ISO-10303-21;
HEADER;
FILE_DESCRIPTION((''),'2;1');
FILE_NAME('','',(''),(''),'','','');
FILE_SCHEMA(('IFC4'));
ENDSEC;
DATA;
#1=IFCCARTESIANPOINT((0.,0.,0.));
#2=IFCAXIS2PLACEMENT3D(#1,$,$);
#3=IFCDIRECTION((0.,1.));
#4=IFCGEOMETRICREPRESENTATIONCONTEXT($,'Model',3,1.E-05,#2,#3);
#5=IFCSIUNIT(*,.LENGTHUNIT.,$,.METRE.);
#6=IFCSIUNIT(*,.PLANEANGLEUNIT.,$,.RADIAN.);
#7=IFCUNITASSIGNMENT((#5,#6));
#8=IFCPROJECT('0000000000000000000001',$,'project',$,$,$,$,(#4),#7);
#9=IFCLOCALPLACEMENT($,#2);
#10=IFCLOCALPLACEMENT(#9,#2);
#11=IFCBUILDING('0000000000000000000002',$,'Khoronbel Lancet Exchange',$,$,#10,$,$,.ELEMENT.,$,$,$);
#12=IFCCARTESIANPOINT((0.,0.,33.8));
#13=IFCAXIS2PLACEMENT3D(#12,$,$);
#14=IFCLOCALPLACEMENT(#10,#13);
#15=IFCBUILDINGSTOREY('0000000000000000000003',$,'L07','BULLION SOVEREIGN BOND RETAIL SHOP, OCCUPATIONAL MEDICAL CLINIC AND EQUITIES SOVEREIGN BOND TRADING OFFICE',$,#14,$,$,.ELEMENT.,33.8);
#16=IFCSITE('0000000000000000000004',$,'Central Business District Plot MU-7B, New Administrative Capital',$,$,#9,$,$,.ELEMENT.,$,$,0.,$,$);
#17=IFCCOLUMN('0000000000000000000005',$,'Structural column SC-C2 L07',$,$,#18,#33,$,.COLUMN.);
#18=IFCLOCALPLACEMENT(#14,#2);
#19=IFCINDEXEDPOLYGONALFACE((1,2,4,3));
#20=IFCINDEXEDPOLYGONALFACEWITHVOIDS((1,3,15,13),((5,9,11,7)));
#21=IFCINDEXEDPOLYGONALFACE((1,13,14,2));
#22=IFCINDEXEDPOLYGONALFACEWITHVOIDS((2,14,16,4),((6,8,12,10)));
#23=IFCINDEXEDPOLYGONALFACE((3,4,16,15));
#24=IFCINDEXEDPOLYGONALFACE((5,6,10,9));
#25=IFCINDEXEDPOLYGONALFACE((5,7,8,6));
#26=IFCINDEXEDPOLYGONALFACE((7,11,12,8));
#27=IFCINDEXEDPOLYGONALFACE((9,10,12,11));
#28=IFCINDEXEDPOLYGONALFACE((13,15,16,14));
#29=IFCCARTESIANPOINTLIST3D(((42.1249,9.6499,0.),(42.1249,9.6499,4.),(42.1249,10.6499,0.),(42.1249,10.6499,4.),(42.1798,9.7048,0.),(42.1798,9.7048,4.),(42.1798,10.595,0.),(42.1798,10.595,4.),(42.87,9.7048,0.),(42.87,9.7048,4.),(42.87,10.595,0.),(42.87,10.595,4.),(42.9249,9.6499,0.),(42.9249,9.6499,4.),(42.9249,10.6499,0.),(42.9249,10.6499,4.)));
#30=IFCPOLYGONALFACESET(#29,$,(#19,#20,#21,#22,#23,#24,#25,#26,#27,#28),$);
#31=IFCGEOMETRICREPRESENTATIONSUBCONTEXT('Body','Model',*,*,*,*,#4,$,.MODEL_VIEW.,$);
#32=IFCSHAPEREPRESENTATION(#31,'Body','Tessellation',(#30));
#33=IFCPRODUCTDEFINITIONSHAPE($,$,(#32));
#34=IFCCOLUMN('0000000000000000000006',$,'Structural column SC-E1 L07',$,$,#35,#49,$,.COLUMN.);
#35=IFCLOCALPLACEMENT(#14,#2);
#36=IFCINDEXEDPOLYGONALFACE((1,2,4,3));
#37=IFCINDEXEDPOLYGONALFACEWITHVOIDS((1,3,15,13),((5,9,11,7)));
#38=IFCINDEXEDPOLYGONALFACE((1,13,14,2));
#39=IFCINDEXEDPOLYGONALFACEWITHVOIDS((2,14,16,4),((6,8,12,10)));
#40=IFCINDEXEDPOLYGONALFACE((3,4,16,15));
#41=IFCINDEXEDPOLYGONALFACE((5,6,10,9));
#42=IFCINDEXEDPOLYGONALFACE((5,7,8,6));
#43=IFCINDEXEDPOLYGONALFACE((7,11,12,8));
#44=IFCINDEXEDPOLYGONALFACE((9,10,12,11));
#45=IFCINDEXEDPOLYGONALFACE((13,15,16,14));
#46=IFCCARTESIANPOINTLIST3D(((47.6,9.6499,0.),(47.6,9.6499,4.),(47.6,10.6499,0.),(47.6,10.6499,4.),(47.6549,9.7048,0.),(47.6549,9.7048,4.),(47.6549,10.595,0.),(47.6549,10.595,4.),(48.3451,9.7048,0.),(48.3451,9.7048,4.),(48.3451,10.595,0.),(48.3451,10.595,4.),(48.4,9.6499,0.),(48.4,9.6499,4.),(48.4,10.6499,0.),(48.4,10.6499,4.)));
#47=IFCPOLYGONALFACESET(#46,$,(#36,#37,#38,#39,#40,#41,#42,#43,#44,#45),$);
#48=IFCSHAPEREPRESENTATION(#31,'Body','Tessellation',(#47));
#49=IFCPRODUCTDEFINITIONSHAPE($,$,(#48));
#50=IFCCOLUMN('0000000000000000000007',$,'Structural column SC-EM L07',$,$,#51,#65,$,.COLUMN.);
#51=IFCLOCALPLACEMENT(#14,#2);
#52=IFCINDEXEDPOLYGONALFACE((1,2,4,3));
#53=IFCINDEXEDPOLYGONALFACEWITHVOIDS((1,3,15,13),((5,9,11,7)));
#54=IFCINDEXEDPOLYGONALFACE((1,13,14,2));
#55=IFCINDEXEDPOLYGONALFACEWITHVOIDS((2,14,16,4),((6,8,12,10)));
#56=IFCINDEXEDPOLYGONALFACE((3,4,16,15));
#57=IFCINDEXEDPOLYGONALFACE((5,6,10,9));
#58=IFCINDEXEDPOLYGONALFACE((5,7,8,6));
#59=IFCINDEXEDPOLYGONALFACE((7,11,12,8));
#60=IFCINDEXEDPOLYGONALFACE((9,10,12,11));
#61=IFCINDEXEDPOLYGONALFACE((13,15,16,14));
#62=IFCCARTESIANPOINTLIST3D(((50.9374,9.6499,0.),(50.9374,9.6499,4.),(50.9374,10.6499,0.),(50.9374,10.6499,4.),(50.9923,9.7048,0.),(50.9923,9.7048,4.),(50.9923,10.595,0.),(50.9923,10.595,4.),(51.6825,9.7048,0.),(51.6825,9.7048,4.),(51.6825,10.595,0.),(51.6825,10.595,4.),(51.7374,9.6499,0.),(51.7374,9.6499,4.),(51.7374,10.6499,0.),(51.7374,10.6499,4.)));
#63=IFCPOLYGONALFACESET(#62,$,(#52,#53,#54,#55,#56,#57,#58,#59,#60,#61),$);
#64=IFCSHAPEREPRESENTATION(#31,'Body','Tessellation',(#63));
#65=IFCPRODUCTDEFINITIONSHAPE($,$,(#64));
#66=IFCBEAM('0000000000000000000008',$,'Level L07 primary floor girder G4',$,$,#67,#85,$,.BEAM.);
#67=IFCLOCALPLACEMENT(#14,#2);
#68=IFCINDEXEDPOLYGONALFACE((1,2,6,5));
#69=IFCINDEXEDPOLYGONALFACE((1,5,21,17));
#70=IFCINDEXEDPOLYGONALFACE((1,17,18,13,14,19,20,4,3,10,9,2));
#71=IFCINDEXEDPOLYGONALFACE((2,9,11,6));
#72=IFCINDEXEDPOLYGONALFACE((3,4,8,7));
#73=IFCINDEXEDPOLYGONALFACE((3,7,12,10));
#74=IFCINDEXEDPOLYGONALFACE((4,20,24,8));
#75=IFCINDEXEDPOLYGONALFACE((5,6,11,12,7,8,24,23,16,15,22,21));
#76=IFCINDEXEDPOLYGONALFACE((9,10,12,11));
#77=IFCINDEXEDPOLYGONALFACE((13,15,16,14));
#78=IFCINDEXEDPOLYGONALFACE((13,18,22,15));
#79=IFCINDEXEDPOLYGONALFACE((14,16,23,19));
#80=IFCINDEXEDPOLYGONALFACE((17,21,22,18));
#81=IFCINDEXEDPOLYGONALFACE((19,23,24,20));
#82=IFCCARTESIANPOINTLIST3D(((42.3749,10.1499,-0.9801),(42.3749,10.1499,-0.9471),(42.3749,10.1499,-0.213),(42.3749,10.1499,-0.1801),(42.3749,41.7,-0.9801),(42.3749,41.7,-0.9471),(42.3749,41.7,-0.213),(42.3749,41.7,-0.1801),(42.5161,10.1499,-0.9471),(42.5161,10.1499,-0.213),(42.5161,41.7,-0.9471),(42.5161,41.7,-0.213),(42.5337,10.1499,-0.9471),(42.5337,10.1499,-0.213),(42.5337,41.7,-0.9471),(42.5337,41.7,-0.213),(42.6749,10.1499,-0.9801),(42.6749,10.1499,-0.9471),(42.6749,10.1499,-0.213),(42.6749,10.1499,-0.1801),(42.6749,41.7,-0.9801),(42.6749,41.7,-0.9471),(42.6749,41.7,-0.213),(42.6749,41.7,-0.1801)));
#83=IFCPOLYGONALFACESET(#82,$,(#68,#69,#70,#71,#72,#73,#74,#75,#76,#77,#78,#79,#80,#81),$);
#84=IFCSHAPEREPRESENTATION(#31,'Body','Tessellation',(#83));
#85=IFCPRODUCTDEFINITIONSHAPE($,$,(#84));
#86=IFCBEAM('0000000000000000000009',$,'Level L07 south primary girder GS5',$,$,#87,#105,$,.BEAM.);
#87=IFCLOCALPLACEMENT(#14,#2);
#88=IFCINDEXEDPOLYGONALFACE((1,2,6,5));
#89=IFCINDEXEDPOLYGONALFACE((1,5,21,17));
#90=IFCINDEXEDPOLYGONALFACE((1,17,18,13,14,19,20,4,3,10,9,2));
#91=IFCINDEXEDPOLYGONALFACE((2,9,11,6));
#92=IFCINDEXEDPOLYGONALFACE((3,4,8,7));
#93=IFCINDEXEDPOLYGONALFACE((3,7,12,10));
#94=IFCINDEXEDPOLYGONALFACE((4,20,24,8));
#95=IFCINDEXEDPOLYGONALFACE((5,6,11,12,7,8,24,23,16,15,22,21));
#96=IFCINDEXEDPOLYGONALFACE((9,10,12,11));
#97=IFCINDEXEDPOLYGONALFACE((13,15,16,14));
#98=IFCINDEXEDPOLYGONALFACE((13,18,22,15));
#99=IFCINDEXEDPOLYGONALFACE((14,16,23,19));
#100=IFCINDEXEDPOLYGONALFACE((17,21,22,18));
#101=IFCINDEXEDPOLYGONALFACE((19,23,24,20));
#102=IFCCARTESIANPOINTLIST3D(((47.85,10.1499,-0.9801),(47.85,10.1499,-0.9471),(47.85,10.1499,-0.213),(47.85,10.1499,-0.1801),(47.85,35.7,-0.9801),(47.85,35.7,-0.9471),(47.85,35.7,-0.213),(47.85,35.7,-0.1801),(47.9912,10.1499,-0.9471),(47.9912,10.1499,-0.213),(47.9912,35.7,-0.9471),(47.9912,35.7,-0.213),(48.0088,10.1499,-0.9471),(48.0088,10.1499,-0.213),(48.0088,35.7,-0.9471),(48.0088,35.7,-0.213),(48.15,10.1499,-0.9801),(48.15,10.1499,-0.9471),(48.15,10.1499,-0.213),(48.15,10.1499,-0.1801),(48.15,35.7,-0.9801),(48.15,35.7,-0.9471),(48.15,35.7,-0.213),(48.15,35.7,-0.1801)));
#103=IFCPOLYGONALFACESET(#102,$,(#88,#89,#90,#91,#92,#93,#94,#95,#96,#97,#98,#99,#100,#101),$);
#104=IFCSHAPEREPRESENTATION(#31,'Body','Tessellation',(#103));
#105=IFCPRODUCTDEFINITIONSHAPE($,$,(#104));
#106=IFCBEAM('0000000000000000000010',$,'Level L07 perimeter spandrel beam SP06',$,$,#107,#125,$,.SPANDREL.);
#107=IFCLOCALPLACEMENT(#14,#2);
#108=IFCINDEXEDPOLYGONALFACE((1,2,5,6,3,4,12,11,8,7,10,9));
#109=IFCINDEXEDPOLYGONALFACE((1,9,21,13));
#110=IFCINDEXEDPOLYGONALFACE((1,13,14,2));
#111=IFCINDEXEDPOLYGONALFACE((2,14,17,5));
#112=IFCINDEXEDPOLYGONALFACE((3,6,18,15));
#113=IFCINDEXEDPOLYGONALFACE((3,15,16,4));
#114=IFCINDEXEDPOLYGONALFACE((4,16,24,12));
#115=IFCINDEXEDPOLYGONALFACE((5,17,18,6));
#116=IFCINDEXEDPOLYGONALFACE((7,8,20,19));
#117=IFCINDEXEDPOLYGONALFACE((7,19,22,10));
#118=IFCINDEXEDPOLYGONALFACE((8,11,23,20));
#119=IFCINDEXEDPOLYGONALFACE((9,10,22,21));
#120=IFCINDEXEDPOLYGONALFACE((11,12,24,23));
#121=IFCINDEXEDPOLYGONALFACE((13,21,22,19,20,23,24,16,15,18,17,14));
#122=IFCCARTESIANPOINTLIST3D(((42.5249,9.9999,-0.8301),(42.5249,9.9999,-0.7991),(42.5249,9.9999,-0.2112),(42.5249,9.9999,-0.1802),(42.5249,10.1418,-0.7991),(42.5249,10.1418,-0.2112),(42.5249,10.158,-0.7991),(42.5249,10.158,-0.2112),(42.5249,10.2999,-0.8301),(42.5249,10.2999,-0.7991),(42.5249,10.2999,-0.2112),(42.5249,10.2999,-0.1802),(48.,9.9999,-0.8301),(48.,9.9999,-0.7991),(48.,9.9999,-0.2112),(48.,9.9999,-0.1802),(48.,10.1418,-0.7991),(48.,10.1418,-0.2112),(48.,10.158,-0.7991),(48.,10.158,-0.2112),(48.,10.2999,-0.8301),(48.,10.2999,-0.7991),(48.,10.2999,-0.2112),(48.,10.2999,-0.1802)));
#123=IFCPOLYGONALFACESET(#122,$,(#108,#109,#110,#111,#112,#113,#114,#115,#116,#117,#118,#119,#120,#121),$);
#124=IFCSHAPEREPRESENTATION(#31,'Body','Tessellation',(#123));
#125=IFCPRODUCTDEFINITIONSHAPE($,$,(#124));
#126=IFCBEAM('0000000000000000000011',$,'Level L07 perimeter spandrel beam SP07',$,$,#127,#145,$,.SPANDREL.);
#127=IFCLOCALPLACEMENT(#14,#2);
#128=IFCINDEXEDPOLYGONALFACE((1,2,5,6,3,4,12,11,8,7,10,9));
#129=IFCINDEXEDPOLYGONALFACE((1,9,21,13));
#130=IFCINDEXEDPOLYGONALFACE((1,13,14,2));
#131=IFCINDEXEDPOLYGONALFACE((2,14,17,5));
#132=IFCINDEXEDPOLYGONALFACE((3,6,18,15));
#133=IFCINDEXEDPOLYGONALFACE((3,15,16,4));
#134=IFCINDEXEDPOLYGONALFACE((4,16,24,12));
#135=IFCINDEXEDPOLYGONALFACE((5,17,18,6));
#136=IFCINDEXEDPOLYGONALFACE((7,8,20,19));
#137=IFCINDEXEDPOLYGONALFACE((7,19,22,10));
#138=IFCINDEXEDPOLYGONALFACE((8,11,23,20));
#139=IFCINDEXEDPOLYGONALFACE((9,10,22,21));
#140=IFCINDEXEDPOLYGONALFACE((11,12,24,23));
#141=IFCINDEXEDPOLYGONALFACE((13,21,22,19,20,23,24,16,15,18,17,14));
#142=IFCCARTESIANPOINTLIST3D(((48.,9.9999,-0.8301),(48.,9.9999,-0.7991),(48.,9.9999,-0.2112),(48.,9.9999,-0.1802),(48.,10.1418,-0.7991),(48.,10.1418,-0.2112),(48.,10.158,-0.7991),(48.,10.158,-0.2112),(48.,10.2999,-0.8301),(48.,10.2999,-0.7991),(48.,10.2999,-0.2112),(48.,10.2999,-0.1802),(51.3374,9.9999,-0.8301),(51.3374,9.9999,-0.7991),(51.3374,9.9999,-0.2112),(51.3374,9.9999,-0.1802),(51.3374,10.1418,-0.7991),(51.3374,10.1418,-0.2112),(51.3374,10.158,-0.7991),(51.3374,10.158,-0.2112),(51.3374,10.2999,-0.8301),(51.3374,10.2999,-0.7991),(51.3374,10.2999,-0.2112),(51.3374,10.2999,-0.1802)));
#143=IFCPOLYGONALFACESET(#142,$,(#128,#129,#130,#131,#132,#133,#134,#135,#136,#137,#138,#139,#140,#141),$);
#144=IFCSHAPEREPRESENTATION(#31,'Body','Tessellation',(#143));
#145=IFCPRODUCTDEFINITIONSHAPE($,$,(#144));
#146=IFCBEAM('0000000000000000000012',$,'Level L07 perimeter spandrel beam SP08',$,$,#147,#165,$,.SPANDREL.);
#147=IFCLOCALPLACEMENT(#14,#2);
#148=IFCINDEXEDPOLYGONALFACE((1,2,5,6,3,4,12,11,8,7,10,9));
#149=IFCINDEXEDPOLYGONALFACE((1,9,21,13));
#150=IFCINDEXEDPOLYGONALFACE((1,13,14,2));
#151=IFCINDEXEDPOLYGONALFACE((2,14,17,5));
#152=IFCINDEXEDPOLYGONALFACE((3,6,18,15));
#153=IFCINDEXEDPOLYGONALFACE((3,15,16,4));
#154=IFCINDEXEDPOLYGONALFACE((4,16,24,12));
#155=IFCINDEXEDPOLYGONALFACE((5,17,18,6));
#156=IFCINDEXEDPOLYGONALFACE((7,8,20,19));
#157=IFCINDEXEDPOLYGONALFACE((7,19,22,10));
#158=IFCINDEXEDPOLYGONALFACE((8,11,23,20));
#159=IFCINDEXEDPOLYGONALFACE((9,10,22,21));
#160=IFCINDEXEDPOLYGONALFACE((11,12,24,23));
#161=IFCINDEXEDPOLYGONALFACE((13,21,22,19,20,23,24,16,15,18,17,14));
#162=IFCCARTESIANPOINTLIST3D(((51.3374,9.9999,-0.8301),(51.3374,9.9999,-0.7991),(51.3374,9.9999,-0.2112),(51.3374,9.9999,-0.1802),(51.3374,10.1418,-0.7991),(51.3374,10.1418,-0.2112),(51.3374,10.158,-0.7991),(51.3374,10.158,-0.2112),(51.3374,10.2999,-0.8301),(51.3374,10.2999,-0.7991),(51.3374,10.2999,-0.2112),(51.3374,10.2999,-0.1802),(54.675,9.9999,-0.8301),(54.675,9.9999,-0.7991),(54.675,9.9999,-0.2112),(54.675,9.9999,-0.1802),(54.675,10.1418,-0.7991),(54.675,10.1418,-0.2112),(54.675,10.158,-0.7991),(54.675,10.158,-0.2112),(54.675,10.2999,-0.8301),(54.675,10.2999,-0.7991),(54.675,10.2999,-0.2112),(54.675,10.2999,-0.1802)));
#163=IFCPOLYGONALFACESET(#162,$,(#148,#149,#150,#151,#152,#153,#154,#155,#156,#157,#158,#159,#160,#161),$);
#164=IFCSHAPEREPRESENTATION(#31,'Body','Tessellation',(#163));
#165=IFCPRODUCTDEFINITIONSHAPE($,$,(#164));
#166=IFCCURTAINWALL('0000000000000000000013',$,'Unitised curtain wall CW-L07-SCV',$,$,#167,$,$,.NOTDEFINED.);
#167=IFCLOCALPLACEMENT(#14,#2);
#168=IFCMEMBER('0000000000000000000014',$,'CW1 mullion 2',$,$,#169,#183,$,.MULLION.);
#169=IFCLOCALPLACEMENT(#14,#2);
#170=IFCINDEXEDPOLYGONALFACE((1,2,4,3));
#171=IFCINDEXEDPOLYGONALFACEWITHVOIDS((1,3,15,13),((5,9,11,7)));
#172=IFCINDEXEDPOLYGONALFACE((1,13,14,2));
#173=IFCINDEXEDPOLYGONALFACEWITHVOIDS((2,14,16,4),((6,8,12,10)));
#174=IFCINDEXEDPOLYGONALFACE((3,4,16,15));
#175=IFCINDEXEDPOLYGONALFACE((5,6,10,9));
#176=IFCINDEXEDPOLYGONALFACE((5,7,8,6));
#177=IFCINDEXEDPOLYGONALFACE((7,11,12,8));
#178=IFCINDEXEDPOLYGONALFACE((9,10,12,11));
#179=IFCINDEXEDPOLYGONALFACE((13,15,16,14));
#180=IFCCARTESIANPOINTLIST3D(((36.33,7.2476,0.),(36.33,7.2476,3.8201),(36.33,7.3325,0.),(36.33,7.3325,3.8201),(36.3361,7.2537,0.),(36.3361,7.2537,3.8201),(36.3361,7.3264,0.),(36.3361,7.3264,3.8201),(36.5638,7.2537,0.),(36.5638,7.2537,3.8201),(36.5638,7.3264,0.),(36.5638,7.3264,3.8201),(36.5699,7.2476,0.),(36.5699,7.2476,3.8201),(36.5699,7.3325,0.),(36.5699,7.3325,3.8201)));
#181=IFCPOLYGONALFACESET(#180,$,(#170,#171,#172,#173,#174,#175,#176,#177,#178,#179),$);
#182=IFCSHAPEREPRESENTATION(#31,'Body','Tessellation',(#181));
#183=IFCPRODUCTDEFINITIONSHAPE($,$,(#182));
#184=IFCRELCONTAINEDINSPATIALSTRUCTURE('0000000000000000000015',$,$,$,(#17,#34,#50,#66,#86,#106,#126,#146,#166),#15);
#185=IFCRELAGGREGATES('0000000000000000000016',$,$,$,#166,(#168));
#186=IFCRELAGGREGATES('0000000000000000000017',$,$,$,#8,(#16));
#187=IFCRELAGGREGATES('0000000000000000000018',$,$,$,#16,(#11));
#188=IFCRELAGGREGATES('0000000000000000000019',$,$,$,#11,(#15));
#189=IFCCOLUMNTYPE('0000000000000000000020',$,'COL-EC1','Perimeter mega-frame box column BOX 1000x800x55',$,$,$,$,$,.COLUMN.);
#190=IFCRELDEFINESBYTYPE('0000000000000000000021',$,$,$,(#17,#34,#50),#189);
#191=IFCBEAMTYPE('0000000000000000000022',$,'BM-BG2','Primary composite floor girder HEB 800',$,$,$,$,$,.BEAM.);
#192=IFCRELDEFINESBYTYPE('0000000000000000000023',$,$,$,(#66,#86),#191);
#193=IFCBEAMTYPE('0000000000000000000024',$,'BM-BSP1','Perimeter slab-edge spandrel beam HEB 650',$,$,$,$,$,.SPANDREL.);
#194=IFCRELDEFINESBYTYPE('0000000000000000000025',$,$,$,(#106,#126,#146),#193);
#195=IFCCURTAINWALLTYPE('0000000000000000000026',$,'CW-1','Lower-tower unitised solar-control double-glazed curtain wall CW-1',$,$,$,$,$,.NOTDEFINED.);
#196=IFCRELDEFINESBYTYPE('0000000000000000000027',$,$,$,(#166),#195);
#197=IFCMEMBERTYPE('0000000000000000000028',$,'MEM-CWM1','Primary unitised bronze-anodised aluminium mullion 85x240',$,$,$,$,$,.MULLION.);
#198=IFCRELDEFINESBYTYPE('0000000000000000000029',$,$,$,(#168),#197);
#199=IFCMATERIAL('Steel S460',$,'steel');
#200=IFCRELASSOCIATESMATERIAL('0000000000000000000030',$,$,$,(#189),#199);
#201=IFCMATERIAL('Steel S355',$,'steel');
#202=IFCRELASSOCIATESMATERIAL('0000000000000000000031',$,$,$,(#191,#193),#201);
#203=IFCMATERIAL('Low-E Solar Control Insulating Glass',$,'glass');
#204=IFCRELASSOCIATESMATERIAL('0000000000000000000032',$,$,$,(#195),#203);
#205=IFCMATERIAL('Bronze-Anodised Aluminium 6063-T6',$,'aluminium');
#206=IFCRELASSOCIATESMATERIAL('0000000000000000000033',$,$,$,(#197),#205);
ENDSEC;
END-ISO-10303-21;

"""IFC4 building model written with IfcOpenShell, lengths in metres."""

from ifc_helpers import new_model, si_unit, direction, frame, origin, origin_2d, place, context, subcontext, project, spatial, hollow_rectangle, i_section, extrude, material, material_profile, profile_set, type_object, element, aggregate, save


model = new_model("IFC4")

# Units and contexts
model_context = context("Model", 3, precision=1e-05, world=origin(), true_north=direction((0.0, 1.0)))
body_context = subcontext(model_context, "Body", "Model", "MODEL_VIEW")
ifc_project = project(units=[si_unit("LENGTHUNIT", "METRE"), si_unit("PLANEANGLEUNIT", "RADIAN")], contexts=[model_context])

# Site, building, storey
site_placement = place(None, origin())
site = spatial("IfcSite", under=ifc_project, at=site_placement, Name="Central Business District Plot MU-7B, New Administrative Capital", CompositionType="ELEMENT", RefElevation=0.0)
building_placement = place(site_placement, origin())
building = spatial("IfcBuilding", under=site, at=building_placement, Name="Khoronbel Lancet Exchange", CompositionType="ELEMENT")
storey_placement = place(building_placement, frame((0.0, 0.0, 33.8)))
storey = spatial("IfcBuildingStorey", under=building, at=storey_placement, Name="L07", Description="BULLION SOVEREIGN BOND RETAIL SHOP, OCCUPATIONAL MEDICAL CLINIC AND EQUITIES SOVEREIGN BOND TRADING OFFICE", CompositionType="ELEMENT", Elevation=33.8)

# Columns
ifc_material_1 = material(Name="Steel S460", Category="steel")
ifc_material_profile_1 = material_profile(ifc_material_1, hollow_rectangle(XDim=0.8, YDim=1.0, WallThickness=0.0549, at=origin_2d()), Name="BOX 1000x800x55")
ifc_profile_set_1 = profile_set([ifc_material_profile_1], Name="Steel S460")
column_type = type_object("IfcColumnType", Name="COL-EC1", Description="Perimeter mega-frame box column BOX 1000x800x55", PredefinedType="COLUMN", material=ifc_profile_set_1)
for number, where, z_axis, x_axis, name in (
    (1, (42.5249, 10.1499, 0.0), (0.0, 0.0, 1.0), (1.0, 0.0, 0.0), "Structural column SC-C2 L07"),
    (2, (48.0, 10.1499, 0.0), (0.0, 0.0, 1.0), (1.0, 0.0, 0.0), "Structural column SC-E1 L07"),
    (3, (51.3374, 10.1499, 0.0), (0.0, 0.0, 1.0), (1.0, 0.0, 0.0), "Structural column SC-EM L07"),
):
    element("IfcColumn", number, at=place(storey_placement, frame(where, z_axis=z_axis, x_axis=x_axis)), inside=storey, type_object=column_type, Name=name, PredefinedType="COLUMN", context=body_context, shape_type="SweptSolid", body=[
        extrude(hollow_rectangle(XDim=0.8, YDim=1.0, WallThickness=0.0549, at=origin_2d()), origin(), (0.0, 0.0, 1.0), 4.0),
    ])

# Beams
ifc_material_2 = material(Name="Steel S355", Category="steel")
ifc_material_profile_2 = material_profile(ifc_material_2, i_section(OverallWidth=0.3, OverallDepth=0.8, WebThickness=0.0176, FlangeThickness=0.033, at=origin_2d()), Name="HEB 800")
ifc_profile_set_2 = profile_set([ifc_material_profile_2], Name="Steel S355")
beam_type_1 = type_object("IfcBeamType", Name="BM-BG2", Description="Primary composite floor girder HEB 800", PredefinedType="BEAM", material=ifc_profile_set_2)
beam_1_placement = place(storey_placement, frame((42.5249, 10.1499, -0.5801), z_axis=(0.0, 1.0, 0.0), x_axis=(-1.0, 0.0, 0.0)))
element("IfcBeam", 4, at=beam_1_placement, inside=storey, type_object=beam_type_1, Name="Level L07 primary floor girder G4", PredefinedType="BEAM", context=body_context, shape_type="SweptSolid", body=[
    extrude(i_section(OverallWidth=0.3, OverallDepth=0.8, WebThickness=0.0176, FlangeThickness=0.033, at=origin_2d()), origin(), (0.0, 0.0, 1.0), 31.55),
])
beam_2_placement = place(storey_placement, frame((48.0, 10.1499, -0.5801), z_axis=(0.0, 1.0, 0.0), x_axis=(-1.0, 0.0, 0.0)))
element("IfcBeam", 5, at=beam_2_placement, inside=storey, type_object=beam_type_1, Name="Level L07 south primary girder GS5", PredefinedType="BEAM", context=body_context, shape_type="SweptSolid", body=[
    extrude(i_section(OverallWidth=0.3, OverallDepth=0.8, WebThickness=0.0176, FlangeThickness=0.033, at=origin_2d()), origin(), (0.0, 0.0, 1.0), 25.55),
])
ifc_material_profile_3 = material_profile(ifc_material_2, i_section(OverallWidth=0.3, OverallDepth=0.6499, WebThickness=0.0161, FlangeThickness=0.031, at=origin_2d()), Name="HEB 650")
ifc_profile_set_3 = profile_set([ifc_material_profile_3], Name="Steel S355")
beam_type_2 = type_object("IfcBeamType", Name="BM-BSP1", Description="Perimeter slab-edge spandrel beam HEB 650", PredefinedType="SPANDREL", material=ifc_profile_set_3)
beam_3_placement = place(storey_placement, frame((42.5249, 10.1499, -0.5051), z_axis=(1.0, 0.0, 0.0), x_axis=(0.0, 1.0, 0.0)))
element("IfcBeam", 6, at=beam_3_placement, inside=storey, type_object=beam_type_2, Name="Level L07 perimeter spandrel beam SP06", PredefinedType="SPANDREL", context=body_context, shape_type="SweptSolid", body=[
    extrude(i_section(OverallWidth=0.3, OverallDepth=0.6499, WebThickness=0.0161, FlangeThickness=0.031, at=origin_2d()), origin(), (0.0, 0.0, 1.0), 5.4751),
])
beam_4_placement = place(storey_placement, frame((48.0, 10.1499, -0.5051), z_axis=(1.0, 0.0, 0.0), x_axis=(0.0, 1.0, 0.0)))
element("IfcBeam", 7, at=beam_4_placement, inside=storey, type_object=beam_type_2, Name="Level L07 perimeter spandrel beam SP07", PredefinedType="SPANDREL", context=body_context, shape_type="SweptSolid", body=[
    extrude(i_section(OverallWidth=0.3, OverallDepth=0.6499, WebThickness=0.0161, FlangeThickness=0.031, at=origin_2d()), origin(), (0.0, 0.0, 1.0), 3.3374),
])
beam_5_placement = place(storey_placement, frame((51.3374, 10.1499, -0.5051), z_axis=(1.0, 0.0, 0.0), x_axis=(0.0, 1.0, 0.0)))
element("IfcBeam", 8, at=beam_5_placement, inside=storey, type_object=beam_type_2, Name="Level L07 perimeter spandrel beam SP08", PredefinedType="SPANDREL", context=body_context, shape_type="SweptSolid", body=[
    extrude(i_section(OverallWidth=0.3, OverallDepth=0.6499, WebThickness=0.0161, FlangeThickness=0.031, at=origin_2d()), origin(), (0.0, 0.0, 1.0), 3.3376),
])

# Curtain wall, member
ifc_material_3 = material(Name="Low-E Solar Control Insulating Glass", Category="glass")
curtain_wall_type = type_object("IfcCurtainWallType", Name="CW-1", Description="Lower-tower unitised solar-control double-glazed curtain wall CW-1", PredefinedType="NOTDEFINED", material=ifc_material_3)
curtain_wall_1_placement = place(storey_placement, origin())
curtain_wall_1 = element("IfcCurtainWall", 9, at=curtain_wall_1_placement, inside=storey, type_object=curtain_wall_type, Name="Unitised curtain wall CW-L07-SCV", PredefinedType="NOTDEFINED")
ifc_material_4 = material(Name="Bronze-Anodised Aluminium 6063-T6", Category="aluminium")
ifc_material_profile_4 = material_profile(ifc_material_4, hollow_rectangle(XDim=0.085, YDim=0.24, WallThickness=0.0061, at=origin_2d()), Name="ALU MULLION 85x240")
ifc_profile_set_4 = profile_set([ifc_material_profile_4], Name="Bronze-Anodised Aluminium 6063-T6")
member_type_1 = type_object("IfcMemberType", Name="MEM-CWM1", Description="Primary unitised bronze-anodised aluminium mullion 85x240", PredefinedType="MULLION", material=ifc_profile_set_4)
member_1_placement = place(storey_placement, frame((36.45, 7.29, 0.0), z_axis=(0.0, 0.0, 1.0), x_axis=(0.0, 1.0, 0.0)))
member_1 = element("IfcMember", 10, at=member_1_placement, type_object=member_type_1, Name="CW1 mullion 2", PredefinedType="MULLION", context=body_context, shape_type="SweptSolid", body=[
    extrude(hollow_rectangle(XDim=0.085, YDim=0.24, WallThickness=0.0061, at=origin_2d()), origin(), (0.0, 0.0, 1.0), 3.8201),
])

aggregate(curtain_wall_1, [member_1])

save(model, "model.ifc")
